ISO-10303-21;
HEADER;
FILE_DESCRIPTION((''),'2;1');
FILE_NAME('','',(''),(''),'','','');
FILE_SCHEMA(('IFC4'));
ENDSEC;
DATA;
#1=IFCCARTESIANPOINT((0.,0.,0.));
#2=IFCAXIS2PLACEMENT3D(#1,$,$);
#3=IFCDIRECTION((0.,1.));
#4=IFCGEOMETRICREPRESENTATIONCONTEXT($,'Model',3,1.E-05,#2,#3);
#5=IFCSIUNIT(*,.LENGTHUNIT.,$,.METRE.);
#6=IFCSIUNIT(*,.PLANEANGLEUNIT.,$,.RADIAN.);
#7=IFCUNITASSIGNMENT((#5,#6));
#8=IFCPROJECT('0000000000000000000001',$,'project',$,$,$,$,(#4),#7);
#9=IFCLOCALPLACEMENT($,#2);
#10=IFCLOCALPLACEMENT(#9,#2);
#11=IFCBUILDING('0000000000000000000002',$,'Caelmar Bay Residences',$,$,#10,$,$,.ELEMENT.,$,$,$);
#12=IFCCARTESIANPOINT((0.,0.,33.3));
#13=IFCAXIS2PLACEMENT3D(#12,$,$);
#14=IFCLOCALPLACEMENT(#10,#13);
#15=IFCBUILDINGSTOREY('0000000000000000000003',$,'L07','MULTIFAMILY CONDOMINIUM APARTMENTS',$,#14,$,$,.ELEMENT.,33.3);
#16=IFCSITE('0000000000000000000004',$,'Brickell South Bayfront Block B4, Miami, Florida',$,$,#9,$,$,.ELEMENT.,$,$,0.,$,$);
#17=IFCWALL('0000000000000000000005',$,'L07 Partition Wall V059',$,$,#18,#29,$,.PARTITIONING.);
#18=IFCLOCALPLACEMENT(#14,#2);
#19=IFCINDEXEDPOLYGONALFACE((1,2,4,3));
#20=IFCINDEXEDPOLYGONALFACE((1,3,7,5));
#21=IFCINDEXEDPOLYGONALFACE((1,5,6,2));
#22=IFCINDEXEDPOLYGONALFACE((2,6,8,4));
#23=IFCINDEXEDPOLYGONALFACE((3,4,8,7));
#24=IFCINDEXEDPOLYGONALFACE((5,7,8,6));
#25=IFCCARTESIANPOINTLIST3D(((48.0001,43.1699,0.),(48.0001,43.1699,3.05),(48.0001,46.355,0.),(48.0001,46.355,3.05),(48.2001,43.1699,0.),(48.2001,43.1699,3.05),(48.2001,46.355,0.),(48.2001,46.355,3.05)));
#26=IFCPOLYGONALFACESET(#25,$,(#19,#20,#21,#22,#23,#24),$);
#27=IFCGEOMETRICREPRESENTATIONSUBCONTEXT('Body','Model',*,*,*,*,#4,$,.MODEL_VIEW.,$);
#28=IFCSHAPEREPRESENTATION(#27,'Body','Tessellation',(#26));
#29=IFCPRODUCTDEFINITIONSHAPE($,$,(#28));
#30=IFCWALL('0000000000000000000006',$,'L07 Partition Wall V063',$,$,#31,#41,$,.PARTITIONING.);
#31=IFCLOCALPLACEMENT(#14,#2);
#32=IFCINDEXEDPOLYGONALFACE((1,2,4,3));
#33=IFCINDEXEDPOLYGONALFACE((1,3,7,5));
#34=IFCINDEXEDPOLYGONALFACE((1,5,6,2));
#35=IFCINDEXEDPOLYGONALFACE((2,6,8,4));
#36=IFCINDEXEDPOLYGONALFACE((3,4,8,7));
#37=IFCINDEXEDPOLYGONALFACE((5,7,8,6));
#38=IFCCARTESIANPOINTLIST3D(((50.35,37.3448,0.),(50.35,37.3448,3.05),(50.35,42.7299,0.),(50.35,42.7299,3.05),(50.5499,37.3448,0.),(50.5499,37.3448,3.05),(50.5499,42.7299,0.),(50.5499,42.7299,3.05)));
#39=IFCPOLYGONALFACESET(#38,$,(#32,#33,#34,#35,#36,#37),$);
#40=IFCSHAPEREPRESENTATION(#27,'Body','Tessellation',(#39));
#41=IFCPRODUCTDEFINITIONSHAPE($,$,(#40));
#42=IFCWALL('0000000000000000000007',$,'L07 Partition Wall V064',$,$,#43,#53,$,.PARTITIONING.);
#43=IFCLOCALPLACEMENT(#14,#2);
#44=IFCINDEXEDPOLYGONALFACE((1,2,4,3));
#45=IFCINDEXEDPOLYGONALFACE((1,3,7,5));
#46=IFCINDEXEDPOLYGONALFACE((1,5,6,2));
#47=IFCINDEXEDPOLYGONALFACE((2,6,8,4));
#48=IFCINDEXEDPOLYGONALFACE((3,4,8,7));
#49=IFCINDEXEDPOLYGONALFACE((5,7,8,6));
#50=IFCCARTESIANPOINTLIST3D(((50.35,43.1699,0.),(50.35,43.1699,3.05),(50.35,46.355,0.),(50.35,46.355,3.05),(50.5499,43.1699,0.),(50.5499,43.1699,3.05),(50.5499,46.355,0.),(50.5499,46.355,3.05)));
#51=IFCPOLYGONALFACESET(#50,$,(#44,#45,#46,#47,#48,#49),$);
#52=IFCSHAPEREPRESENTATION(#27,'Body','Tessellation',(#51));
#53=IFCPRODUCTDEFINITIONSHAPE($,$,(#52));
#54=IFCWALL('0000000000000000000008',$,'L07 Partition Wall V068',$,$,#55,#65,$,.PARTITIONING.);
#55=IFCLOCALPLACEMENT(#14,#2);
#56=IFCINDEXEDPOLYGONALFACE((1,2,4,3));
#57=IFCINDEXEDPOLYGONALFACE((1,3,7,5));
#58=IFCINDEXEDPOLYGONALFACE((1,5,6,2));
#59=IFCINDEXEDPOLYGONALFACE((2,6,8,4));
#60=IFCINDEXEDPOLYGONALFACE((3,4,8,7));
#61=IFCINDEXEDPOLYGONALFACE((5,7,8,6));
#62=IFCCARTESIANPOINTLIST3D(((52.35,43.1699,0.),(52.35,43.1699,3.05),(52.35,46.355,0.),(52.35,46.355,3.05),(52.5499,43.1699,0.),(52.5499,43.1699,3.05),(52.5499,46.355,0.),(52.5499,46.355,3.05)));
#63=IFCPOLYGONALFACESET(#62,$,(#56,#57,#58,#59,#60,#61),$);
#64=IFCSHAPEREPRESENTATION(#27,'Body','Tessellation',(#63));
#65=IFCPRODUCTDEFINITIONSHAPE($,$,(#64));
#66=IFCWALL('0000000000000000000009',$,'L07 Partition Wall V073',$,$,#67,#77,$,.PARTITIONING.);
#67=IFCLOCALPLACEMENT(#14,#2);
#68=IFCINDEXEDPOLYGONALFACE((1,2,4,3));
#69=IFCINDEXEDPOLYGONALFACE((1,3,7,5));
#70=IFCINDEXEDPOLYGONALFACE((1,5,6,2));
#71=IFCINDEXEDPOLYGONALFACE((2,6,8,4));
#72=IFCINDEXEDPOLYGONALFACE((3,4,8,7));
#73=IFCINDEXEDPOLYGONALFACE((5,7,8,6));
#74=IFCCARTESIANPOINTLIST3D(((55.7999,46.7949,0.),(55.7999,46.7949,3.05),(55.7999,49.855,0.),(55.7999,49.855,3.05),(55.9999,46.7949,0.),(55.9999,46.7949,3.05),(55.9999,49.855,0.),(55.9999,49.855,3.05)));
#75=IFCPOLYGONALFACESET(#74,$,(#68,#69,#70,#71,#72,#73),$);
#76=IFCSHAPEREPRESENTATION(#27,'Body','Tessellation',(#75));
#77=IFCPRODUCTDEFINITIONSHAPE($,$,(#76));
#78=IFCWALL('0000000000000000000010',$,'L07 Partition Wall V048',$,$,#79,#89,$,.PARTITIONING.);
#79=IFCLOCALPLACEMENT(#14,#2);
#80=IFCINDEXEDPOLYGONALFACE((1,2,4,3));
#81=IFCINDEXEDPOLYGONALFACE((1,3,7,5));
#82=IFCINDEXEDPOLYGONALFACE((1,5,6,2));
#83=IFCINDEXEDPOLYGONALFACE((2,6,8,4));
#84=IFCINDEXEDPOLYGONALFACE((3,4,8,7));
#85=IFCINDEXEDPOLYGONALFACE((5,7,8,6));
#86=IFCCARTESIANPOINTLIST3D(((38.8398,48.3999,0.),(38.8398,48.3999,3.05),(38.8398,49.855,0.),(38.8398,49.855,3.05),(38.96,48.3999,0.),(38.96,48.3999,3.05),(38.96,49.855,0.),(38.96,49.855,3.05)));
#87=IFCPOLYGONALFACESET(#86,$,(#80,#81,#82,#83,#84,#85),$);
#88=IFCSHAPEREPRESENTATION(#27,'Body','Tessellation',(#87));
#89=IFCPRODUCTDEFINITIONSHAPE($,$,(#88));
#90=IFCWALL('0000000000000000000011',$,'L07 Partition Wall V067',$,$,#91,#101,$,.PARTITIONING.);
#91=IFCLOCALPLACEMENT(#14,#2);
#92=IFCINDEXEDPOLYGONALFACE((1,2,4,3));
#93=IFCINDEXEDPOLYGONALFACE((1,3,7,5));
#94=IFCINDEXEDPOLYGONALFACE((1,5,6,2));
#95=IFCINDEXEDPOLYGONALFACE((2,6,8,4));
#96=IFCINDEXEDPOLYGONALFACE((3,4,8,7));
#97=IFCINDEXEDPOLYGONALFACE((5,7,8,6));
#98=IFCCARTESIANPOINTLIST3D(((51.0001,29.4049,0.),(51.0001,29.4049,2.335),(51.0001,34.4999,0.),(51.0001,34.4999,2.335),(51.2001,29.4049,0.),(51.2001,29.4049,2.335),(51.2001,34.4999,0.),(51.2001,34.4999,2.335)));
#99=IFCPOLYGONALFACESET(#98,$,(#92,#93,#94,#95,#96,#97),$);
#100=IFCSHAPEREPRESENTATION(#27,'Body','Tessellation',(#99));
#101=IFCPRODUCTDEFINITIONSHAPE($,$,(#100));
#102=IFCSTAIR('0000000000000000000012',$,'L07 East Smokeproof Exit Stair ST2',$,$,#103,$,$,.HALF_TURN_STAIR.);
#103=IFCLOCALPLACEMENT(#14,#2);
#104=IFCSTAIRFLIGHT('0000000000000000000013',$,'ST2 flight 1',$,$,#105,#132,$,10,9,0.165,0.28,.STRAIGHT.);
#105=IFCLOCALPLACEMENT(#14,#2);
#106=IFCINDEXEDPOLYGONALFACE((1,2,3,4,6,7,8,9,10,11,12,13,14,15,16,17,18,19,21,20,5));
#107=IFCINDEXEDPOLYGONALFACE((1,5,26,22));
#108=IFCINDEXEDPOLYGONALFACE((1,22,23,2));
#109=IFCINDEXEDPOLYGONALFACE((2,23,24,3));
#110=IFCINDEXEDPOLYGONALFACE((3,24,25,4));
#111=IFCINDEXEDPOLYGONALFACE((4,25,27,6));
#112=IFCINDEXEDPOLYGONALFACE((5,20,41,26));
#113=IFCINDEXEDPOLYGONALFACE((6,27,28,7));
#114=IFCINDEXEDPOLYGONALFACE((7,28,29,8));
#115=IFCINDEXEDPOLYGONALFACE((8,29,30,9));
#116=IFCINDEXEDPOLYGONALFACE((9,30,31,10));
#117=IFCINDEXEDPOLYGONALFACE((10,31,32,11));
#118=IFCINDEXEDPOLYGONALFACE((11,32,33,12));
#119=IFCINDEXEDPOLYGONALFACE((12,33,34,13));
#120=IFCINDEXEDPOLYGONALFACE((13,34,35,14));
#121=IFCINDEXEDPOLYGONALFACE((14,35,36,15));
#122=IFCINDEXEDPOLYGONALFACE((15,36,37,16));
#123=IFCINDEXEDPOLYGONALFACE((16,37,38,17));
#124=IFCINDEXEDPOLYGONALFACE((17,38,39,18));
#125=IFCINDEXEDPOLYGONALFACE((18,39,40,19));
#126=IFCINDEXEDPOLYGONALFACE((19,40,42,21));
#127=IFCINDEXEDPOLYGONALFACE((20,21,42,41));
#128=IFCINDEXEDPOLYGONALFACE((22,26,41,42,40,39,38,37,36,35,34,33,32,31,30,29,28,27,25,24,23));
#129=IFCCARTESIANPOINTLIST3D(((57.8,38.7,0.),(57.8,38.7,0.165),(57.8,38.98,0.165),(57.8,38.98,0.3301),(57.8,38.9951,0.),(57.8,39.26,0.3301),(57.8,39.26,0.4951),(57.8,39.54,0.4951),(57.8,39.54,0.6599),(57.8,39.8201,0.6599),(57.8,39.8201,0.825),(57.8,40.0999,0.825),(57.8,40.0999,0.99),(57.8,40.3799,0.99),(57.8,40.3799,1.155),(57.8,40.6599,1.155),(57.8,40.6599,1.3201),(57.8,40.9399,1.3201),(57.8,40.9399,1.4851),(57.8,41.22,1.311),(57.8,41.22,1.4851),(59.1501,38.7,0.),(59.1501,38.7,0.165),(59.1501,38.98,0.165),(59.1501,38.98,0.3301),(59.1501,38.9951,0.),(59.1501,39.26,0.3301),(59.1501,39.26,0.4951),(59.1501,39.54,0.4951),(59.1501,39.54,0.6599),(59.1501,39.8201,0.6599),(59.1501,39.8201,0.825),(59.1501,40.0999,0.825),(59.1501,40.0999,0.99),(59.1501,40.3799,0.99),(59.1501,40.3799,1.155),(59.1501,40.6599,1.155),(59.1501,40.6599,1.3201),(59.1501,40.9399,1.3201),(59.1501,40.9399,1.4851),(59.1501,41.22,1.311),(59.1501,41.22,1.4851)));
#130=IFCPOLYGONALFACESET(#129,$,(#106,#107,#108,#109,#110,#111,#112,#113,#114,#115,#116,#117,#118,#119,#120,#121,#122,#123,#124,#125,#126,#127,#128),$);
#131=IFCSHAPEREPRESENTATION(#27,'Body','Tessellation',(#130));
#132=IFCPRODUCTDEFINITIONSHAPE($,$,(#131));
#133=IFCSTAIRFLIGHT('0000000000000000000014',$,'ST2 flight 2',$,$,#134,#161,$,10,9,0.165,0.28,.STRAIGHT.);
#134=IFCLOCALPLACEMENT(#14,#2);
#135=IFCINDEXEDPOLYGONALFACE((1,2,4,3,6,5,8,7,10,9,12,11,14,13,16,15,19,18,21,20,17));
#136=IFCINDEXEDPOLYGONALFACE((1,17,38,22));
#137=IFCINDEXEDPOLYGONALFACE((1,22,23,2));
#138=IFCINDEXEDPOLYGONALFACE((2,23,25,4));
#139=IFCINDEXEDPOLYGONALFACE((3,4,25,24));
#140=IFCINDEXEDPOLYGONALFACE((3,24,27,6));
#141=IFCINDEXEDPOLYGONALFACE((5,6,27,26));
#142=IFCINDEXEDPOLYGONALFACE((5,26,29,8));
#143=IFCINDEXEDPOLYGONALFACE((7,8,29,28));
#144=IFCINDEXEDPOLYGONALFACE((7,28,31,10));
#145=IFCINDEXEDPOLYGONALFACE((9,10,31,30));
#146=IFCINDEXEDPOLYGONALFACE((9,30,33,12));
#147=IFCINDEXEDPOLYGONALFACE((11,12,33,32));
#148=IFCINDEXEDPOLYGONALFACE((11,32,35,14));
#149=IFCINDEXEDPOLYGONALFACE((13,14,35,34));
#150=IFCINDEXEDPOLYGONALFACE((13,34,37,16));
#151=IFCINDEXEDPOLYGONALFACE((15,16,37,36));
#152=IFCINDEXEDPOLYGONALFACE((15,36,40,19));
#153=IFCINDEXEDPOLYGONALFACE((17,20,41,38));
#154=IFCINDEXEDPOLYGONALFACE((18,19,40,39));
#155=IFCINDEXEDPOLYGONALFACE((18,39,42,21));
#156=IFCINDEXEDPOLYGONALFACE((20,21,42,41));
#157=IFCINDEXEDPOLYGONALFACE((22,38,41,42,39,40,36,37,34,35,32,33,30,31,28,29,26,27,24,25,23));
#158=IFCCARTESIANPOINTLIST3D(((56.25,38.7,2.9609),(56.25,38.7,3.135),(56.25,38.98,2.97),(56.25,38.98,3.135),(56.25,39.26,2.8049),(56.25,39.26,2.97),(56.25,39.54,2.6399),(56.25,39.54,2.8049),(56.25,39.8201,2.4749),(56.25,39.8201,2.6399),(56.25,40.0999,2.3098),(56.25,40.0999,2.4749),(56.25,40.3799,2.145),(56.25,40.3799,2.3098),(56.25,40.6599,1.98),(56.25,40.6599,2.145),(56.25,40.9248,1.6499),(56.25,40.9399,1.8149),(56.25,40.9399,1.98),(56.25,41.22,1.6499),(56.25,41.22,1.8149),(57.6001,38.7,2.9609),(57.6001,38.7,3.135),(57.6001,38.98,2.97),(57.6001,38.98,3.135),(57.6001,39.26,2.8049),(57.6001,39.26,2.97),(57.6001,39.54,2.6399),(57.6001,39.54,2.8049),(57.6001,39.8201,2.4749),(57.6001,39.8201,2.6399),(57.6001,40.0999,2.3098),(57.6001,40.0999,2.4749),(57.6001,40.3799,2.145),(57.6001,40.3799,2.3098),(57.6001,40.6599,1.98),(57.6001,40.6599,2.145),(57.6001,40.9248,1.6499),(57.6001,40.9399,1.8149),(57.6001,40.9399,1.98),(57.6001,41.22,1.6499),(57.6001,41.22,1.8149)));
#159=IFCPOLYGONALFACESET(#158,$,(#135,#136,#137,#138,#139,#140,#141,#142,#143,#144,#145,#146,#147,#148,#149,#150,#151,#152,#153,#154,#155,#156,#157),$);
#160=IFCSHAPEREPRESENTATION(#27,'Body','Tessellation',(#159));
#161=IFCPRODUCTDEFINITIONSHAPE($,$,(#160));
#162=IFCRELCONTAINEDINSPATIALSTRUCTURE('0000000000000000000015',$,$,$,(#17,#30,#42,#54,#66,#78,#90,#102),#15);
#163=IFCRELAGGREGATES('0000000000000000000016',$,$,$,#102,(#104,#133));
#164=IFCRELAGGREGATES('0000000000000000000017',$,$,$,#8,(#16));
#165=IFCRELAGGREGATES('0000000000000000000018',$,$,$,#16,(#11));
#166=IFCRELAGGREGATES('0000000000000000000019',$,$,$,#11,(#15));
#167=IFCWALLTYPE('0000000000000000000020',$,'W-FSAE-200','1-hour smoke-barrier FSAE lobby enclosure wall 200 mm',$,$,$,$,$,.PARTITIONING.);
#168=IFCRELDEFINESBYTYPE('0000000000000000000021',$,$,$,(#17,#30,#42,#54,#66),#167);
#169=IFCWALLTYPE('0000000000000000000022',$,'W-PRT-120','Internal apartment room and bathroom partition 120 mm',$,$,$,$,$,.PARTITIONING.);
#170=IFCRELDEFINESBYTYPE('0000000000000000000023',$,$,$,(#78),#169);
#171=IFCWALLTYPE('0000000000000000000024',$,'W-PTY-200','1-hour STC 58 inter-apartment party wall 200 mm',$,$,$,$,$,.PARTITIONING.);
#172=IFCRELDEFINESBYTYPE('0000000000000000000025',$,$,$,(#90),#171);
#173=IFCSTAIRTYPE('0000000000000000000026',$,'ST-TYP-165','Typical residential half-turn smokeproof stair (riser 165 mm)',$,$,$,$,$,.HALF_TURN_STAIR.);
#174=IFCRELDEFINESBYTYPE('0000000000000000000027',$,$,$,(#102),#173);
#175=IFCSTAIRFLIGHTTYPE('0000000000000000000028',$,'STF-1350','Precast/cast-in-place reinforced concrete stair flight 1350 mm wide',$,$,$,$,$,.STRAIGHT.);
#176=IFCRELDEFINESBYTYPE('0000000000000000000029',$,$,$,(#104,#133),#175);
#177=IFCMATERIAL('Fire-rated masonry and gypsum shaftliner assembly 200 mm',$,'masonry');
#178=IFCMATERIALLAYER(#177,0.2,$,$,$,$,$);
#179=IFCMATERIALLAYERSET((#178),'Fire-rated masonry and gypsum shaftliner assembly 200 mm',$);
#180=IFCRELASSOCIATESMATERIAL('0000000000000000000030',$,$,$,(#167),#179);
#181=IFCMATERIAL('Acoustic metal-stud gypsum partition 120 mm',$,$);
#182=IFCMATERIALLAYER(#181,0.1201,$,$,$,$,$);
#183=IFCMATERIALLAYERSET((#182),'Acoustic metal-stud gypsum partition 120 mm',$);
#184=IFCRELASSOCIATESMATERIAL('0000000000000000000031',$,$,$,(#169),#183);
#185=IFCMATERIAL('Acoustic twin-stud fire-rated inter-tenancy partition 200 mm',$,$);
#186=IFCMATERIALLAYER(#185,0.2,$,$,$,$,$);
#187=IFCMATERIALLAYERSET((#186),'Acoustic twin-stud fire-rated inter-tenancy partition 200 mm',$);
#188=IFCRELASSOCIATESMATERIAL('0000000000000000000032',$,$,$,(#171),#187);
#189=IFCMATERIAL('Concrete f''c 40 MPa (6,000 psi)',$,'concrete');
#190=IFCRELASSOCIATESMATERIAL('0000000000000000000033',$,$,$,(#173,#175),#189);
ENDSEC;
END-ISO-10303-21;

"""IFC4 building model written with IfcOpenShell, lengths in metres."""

from ifc_helpers import new_model, si_unit, direction, frame, frame_2d, origin, place, context, subcontext, project, spatial, polyline, rectangle, outline, extrude, material, layer, layer_set, type_object, element, aggregate, save


model = new_model("IFC4")

# Units and contexts
model_context = context("Model", 3, precision=1e-05, world=origin(), true_north=direction((0.0, 1.0)))
body_context = subcontext(model_context, "Body", "Model", "MODEL_VIEW")
ifc_project = project(units=[si_unit("LENGTHUNIT", "METRE"), si_unit("PLANEANGLEUNIT", "RADIAN")], contexts=[model_context])

# Site, building, storey
site_placement = place(None, origin())
site = spatial("IfcSite", under=ifc_project, at=site_placement, Name="Brickell South Bayfront Block B4, Miami, Florida", CompositionType="ELEMENT", RefElevation=0.0)
building_placement = place(site_placement, origin())
building = spatial("IfcBuilding", under=site, at=building_placement, Name="Caelmar Bay Residences", CompositionType="ELEMENT")
storey_placement = place(building_placement, frame((0.0, 0.0, 33.3)))
storey = spatial("IfcBuildingStorey", under=building, at=storey_placement, Name="L07", Description="MULTIFAMILY CONDOMINIUM APARTMENTS", CompositionType="ELEMENT", Elevation=33.3)

# Walls
ifc_material_1 = material(Name="Fire-rated masonry and gypsum shaftliner assembly 200 mm", Category="masonry")
ifc_layer_1 = layer(ifc_material_1, 0.2)
ifc_layer_set_1 = layer_set([ifc_layer_1], Name="Fire-rated masonry and gypsum shaftliner assembly 200 mm")
wall_type_1 = type_object("IfcWallType", Name="W-FSAE-200", Description="1-hour smoke-barrier FSAE lobby enclosure wall 200 mm", PredefinedType="PARTITIONING", material=ifc_layer_set_1)
for number, where, z_axis, x_axis, name in (
    (1, (48.1001, 43.1699, 0.0), (0.0, 0.0, 1.0), (0.0, 1.0, 0.0), "L07 Partition Wall V059"),
):
    element("IfcWall", number, at=place(storey_placement, frame(where, z_axis=z_axis, x_axis=x_axis)), inside=storey, type_object=wall_type_1, Name=name, PredefinedType="PARTITIONING", context=body_context, shape_type="SweptSolid", body=[
        extrude(rectangle(XDim=3.1851, YDim=0.2, at=frame_2d((1.5925, 0.0))), origin(), (0.0, 0.0, 1.0), 3.05),
    ])
wall_1_placement = place(storey_placement, frame((50.45, 37.345, 0.0), z_axis=(0.0, 0.0, 1.0), x_axis=(0.0, 1.0, 0.0)))
element("IfcWall", 2, at=wall_1_placement, inside=storey, type_object=wall_type_1, Name="L07 Partition Wall V063", PredefinedType="PARTITIONING", context=body_context, shape_type="SweptSolid", body=[
    extrude(rectangle(XDim=5.385, YDim=0.2, at=frame_2d((2.6924, 0.0))), origin(), (0.0, 0.0, 1.0), 3.05),
])
for number, where, z_axis, x_axis, name in (
    (3, (50.45, 43.1699, 0.0), (0.0, 0.0, 1.0), (0.0, 1.0, 0.0), "L07 Partition Wall V064"),
    (4, (52.45, 43.1699, 0.0), (0.0, 0.0, 1.0), (0.0, 1.0, 0.0), "L07 Partition Wall V068"),
):
    element("IfcWall", number, at=place(storey_placement, frame(where, z_axis=z_axis, x_axis=x_axis)), inside=storey, type_object=wall_type_1, Name=name, PredefinedType="PARTITIONING", context=body_context, shape_type="SweptSolid", body=[
        extrude(rectangle(XDim=3.1851, YDim=0.2, at=frame_2d((1.5925, 0.0))), origin(), (0.0, 0.0, 1.0), 3.05),
    ])
wall_2_placement = place(storey_placement, frame((55.8999, 46.7949, 0.0), z_axis=(0.0, 0.0, 1.0), x_axis=(0.0, 1.0, 0.0)))
element("IfcWall", 5, at=wall_2_placement, inside=storey, type_object=wall_type_1, Name="L07 Partition Wall V073", PredefinedType="PARTITIONING", context=body_context, shape_type="SweptSolid", body=[
    extrude(rectangle(XDim=3.0601, YDim=0.2, at=frame_2d((1.53, 0.0))), origin(), (0.0, 0.0, 1.0), 3.05),
])
ifc_material_2 = material(Name="Acoustic metal-stud gypsum partition 120 mm")
ifc_layer_2 = layer(ifc_material_2, 0.1201)
ifc_layer_set_2 = layer_set([ifc_layer_2], Name="Acoustic metal-stud gypsum partition 120 mm")
wall_type_2 = type_object("IfcWallType", Name="W-PRT-120", Description="Internal apartment room and bathroom partition 120 mm", PredefinedType="PARTITIONING", material=ifc_layer_set_2)
wall_3_placement = place(storey_placement, frame((38.8999, 48.3999, 0.0), z_axis=(0.0, 0.0, 1.0), x_axis=(0.0, 1.0, 0.0)))
element("IfcWall", 6, at=wall_3_placement, inside=storey, type_object=wall_type_2, Name="L07 Partition Wall V048", PredefinedType="PARTITIONING", context=body_context, shape_type="SweptSolid", body=[
    extrude(rectangle(XDim=1.4551, YDim=0.1201, at=frame_2d((0.7275, 0.0))), origin(), (0.0, 0.0, 1.0), 3.05),
])
ifc_material_3 = material(Name="Acoustic twin-stud fire-rated inter-tenancy partition 200 mm")
ifc_layer_3 = layer(ifc_material_3, 0.2)
ifc_layer_set_3 = layer_set([ifc_layer_3], Name="Acoustic twin-stud fire-rated inter-tenancy partition 200 mm")
wall_type_3 = type_object("IfcWallType", Name="W-PTY-200", Description="1-hour STC 58 inter-apartment party wall 200 mm", PredefinedType="PARTITIONING", material=ifc_layer_set_3)
wall_4_placement = place(storey_placement, frame((51.1001, 29.405, 0.0), z_axis=(0.0, 0.0, 1.0), x_axis=(0.0, 1.0, 0.0)))
element("IfcWall", 7, at=wall_4_placement, inside=storey, type_object=wall_type_3, Name="L07 Partition Wall V067", PredefinedType="PARTITIONING", context=body_context, shape_type="SweptSolid", body=[
    extrude(rectangle(XDim=5.095, YDim=0.2, at=frame_2d((2.5474, 0.0))), origin(), (0.0, 0.0, 1.0), 2.335),
])

# Stair, stair flights
ifc_material_4 = material(Name="Concrete f'c 40 MPa (6,000 psi)", Category="concrete")
stair_type = type_object("IfcStairType", Name="ST-TYP-165", Description="Typical residential half-turn smokeproof stair (riser 165 mm)", PredefinedType="HALF_TURN_STAIR", material=ifc_material_4)
stair_placement = place(storey_placement, origin())
stair = element("IfcStair", 8, at=stair_placement, inside=storey, type_object=stair_type, Name="L07 East Smokeproof Exit Stair ST2", PredefinedType="HALF_TURN_STAIR")
stair_flight_type = type_object("IfcStairFlightType", Name="STF-1350", Description="Precast/cast-in-place reinforced concrete stair flight 1350 mm wide", PredefinedType="STRAIGHT", material=ifc_material_4)
stair_flight_1_placement = place(storey_placement, frame((58.4751, 38.7, 0.0), z_axis=(0.0, 0.0, 1.0), x_axis=(0.0, 1.0, 0.0)))
stair_flight_1 = element("IfcStairFlight", 9, at=stair_flight_1_placement, type_object=stair_flight_type, Name="ST2 flight 1", NumberOfRisers=10, NumberOfTreads=9, PredefinedType="STRAIGHT", RiserHeight=0.165, TreadLength=0.28, context=body_context, shape_type="SweptSolid", body=[
    extrude(outline(polyline([(0.0, 0.0), (0.0, 0.165), (0.28, 0.165), (0.28, 0.3301), (0.5601, 0.3301), (0.5601, 0.4951), (0.8401, 0.4951), (0.8401, 0.6599), (1.1201, 0.6599), (1.1201, 0.825), (1.3999, 0.825), (1.3999, 0.99), (1.6799, 0.99), (1.6799, 1.155), (1.96, 1.155), (1.96, 1.3201), (2.24, 1.3201), (2.24, 1.4851), (2.52, 1.4851), (2.52, 1.6499), (2.52, 1.311), (0.2952, 0.0), (0.0, 0.0)])), frame((0.0, 0.675, 0.0), z_axis=(0.0, -1.0, 0.0), x_axis=(1.0, 0.0, 0.0)), (0.0, 0.0, 1.0), 1.3501),
])
stair_flight_2_placement = place(storey_placement, frame((56.925, 41.22, 1.6499), z_axis=(0.0, 0.0, 1.0), x_axis=(0.0, -1.0, 0.0)))
stair_flight_2 = element("IfcStairFlight", 10, at=stair_flight_2_placement, type_object=stair_flight_type, Name="ST2 flight 2", NumberOfRisers=10, NumberOfTreads=9, PredefinedType="STRAIGHT", RiserHeight=0.165, TreadLength=0.28, context=body_context, shape_type="SweptSolid", body=[
    extrude(outline(polyline([(0.0, 0.0), (0.0, 0.165), (0.28, 0.165), (0.28, 0.3301), (0.5601, 0.3301), (0.5601, 0.4951), (0.8401, 0.4951), (0.8401, 0.6599), (1.1201, 0.6599), (1.1201, 0.825), (1.3999, 0.825), (1.3999, 0.99), (1.6799, 0.99), (1.6799, 1.155), (1.96, 1.155), (1.96, 1.3201), (2.24, 1.3201), (2.24, 1.4851), (2.52, 1.4851), (2.52, 1.6499), (2.52, 1.311), (0.2952, 0.0), (0.0, 0.0)])), frame((0.0, 0.675, 0.0), z_axis=(0.0, -1.0, 0.0), x_axis=(1.0, 0.0, 0.0)), (0.0, 0.0, 1.0), 1.3501),
])
aggregate(stair, [stair_flight_1, stair_flight_2])

save(model, "model.ifc")
